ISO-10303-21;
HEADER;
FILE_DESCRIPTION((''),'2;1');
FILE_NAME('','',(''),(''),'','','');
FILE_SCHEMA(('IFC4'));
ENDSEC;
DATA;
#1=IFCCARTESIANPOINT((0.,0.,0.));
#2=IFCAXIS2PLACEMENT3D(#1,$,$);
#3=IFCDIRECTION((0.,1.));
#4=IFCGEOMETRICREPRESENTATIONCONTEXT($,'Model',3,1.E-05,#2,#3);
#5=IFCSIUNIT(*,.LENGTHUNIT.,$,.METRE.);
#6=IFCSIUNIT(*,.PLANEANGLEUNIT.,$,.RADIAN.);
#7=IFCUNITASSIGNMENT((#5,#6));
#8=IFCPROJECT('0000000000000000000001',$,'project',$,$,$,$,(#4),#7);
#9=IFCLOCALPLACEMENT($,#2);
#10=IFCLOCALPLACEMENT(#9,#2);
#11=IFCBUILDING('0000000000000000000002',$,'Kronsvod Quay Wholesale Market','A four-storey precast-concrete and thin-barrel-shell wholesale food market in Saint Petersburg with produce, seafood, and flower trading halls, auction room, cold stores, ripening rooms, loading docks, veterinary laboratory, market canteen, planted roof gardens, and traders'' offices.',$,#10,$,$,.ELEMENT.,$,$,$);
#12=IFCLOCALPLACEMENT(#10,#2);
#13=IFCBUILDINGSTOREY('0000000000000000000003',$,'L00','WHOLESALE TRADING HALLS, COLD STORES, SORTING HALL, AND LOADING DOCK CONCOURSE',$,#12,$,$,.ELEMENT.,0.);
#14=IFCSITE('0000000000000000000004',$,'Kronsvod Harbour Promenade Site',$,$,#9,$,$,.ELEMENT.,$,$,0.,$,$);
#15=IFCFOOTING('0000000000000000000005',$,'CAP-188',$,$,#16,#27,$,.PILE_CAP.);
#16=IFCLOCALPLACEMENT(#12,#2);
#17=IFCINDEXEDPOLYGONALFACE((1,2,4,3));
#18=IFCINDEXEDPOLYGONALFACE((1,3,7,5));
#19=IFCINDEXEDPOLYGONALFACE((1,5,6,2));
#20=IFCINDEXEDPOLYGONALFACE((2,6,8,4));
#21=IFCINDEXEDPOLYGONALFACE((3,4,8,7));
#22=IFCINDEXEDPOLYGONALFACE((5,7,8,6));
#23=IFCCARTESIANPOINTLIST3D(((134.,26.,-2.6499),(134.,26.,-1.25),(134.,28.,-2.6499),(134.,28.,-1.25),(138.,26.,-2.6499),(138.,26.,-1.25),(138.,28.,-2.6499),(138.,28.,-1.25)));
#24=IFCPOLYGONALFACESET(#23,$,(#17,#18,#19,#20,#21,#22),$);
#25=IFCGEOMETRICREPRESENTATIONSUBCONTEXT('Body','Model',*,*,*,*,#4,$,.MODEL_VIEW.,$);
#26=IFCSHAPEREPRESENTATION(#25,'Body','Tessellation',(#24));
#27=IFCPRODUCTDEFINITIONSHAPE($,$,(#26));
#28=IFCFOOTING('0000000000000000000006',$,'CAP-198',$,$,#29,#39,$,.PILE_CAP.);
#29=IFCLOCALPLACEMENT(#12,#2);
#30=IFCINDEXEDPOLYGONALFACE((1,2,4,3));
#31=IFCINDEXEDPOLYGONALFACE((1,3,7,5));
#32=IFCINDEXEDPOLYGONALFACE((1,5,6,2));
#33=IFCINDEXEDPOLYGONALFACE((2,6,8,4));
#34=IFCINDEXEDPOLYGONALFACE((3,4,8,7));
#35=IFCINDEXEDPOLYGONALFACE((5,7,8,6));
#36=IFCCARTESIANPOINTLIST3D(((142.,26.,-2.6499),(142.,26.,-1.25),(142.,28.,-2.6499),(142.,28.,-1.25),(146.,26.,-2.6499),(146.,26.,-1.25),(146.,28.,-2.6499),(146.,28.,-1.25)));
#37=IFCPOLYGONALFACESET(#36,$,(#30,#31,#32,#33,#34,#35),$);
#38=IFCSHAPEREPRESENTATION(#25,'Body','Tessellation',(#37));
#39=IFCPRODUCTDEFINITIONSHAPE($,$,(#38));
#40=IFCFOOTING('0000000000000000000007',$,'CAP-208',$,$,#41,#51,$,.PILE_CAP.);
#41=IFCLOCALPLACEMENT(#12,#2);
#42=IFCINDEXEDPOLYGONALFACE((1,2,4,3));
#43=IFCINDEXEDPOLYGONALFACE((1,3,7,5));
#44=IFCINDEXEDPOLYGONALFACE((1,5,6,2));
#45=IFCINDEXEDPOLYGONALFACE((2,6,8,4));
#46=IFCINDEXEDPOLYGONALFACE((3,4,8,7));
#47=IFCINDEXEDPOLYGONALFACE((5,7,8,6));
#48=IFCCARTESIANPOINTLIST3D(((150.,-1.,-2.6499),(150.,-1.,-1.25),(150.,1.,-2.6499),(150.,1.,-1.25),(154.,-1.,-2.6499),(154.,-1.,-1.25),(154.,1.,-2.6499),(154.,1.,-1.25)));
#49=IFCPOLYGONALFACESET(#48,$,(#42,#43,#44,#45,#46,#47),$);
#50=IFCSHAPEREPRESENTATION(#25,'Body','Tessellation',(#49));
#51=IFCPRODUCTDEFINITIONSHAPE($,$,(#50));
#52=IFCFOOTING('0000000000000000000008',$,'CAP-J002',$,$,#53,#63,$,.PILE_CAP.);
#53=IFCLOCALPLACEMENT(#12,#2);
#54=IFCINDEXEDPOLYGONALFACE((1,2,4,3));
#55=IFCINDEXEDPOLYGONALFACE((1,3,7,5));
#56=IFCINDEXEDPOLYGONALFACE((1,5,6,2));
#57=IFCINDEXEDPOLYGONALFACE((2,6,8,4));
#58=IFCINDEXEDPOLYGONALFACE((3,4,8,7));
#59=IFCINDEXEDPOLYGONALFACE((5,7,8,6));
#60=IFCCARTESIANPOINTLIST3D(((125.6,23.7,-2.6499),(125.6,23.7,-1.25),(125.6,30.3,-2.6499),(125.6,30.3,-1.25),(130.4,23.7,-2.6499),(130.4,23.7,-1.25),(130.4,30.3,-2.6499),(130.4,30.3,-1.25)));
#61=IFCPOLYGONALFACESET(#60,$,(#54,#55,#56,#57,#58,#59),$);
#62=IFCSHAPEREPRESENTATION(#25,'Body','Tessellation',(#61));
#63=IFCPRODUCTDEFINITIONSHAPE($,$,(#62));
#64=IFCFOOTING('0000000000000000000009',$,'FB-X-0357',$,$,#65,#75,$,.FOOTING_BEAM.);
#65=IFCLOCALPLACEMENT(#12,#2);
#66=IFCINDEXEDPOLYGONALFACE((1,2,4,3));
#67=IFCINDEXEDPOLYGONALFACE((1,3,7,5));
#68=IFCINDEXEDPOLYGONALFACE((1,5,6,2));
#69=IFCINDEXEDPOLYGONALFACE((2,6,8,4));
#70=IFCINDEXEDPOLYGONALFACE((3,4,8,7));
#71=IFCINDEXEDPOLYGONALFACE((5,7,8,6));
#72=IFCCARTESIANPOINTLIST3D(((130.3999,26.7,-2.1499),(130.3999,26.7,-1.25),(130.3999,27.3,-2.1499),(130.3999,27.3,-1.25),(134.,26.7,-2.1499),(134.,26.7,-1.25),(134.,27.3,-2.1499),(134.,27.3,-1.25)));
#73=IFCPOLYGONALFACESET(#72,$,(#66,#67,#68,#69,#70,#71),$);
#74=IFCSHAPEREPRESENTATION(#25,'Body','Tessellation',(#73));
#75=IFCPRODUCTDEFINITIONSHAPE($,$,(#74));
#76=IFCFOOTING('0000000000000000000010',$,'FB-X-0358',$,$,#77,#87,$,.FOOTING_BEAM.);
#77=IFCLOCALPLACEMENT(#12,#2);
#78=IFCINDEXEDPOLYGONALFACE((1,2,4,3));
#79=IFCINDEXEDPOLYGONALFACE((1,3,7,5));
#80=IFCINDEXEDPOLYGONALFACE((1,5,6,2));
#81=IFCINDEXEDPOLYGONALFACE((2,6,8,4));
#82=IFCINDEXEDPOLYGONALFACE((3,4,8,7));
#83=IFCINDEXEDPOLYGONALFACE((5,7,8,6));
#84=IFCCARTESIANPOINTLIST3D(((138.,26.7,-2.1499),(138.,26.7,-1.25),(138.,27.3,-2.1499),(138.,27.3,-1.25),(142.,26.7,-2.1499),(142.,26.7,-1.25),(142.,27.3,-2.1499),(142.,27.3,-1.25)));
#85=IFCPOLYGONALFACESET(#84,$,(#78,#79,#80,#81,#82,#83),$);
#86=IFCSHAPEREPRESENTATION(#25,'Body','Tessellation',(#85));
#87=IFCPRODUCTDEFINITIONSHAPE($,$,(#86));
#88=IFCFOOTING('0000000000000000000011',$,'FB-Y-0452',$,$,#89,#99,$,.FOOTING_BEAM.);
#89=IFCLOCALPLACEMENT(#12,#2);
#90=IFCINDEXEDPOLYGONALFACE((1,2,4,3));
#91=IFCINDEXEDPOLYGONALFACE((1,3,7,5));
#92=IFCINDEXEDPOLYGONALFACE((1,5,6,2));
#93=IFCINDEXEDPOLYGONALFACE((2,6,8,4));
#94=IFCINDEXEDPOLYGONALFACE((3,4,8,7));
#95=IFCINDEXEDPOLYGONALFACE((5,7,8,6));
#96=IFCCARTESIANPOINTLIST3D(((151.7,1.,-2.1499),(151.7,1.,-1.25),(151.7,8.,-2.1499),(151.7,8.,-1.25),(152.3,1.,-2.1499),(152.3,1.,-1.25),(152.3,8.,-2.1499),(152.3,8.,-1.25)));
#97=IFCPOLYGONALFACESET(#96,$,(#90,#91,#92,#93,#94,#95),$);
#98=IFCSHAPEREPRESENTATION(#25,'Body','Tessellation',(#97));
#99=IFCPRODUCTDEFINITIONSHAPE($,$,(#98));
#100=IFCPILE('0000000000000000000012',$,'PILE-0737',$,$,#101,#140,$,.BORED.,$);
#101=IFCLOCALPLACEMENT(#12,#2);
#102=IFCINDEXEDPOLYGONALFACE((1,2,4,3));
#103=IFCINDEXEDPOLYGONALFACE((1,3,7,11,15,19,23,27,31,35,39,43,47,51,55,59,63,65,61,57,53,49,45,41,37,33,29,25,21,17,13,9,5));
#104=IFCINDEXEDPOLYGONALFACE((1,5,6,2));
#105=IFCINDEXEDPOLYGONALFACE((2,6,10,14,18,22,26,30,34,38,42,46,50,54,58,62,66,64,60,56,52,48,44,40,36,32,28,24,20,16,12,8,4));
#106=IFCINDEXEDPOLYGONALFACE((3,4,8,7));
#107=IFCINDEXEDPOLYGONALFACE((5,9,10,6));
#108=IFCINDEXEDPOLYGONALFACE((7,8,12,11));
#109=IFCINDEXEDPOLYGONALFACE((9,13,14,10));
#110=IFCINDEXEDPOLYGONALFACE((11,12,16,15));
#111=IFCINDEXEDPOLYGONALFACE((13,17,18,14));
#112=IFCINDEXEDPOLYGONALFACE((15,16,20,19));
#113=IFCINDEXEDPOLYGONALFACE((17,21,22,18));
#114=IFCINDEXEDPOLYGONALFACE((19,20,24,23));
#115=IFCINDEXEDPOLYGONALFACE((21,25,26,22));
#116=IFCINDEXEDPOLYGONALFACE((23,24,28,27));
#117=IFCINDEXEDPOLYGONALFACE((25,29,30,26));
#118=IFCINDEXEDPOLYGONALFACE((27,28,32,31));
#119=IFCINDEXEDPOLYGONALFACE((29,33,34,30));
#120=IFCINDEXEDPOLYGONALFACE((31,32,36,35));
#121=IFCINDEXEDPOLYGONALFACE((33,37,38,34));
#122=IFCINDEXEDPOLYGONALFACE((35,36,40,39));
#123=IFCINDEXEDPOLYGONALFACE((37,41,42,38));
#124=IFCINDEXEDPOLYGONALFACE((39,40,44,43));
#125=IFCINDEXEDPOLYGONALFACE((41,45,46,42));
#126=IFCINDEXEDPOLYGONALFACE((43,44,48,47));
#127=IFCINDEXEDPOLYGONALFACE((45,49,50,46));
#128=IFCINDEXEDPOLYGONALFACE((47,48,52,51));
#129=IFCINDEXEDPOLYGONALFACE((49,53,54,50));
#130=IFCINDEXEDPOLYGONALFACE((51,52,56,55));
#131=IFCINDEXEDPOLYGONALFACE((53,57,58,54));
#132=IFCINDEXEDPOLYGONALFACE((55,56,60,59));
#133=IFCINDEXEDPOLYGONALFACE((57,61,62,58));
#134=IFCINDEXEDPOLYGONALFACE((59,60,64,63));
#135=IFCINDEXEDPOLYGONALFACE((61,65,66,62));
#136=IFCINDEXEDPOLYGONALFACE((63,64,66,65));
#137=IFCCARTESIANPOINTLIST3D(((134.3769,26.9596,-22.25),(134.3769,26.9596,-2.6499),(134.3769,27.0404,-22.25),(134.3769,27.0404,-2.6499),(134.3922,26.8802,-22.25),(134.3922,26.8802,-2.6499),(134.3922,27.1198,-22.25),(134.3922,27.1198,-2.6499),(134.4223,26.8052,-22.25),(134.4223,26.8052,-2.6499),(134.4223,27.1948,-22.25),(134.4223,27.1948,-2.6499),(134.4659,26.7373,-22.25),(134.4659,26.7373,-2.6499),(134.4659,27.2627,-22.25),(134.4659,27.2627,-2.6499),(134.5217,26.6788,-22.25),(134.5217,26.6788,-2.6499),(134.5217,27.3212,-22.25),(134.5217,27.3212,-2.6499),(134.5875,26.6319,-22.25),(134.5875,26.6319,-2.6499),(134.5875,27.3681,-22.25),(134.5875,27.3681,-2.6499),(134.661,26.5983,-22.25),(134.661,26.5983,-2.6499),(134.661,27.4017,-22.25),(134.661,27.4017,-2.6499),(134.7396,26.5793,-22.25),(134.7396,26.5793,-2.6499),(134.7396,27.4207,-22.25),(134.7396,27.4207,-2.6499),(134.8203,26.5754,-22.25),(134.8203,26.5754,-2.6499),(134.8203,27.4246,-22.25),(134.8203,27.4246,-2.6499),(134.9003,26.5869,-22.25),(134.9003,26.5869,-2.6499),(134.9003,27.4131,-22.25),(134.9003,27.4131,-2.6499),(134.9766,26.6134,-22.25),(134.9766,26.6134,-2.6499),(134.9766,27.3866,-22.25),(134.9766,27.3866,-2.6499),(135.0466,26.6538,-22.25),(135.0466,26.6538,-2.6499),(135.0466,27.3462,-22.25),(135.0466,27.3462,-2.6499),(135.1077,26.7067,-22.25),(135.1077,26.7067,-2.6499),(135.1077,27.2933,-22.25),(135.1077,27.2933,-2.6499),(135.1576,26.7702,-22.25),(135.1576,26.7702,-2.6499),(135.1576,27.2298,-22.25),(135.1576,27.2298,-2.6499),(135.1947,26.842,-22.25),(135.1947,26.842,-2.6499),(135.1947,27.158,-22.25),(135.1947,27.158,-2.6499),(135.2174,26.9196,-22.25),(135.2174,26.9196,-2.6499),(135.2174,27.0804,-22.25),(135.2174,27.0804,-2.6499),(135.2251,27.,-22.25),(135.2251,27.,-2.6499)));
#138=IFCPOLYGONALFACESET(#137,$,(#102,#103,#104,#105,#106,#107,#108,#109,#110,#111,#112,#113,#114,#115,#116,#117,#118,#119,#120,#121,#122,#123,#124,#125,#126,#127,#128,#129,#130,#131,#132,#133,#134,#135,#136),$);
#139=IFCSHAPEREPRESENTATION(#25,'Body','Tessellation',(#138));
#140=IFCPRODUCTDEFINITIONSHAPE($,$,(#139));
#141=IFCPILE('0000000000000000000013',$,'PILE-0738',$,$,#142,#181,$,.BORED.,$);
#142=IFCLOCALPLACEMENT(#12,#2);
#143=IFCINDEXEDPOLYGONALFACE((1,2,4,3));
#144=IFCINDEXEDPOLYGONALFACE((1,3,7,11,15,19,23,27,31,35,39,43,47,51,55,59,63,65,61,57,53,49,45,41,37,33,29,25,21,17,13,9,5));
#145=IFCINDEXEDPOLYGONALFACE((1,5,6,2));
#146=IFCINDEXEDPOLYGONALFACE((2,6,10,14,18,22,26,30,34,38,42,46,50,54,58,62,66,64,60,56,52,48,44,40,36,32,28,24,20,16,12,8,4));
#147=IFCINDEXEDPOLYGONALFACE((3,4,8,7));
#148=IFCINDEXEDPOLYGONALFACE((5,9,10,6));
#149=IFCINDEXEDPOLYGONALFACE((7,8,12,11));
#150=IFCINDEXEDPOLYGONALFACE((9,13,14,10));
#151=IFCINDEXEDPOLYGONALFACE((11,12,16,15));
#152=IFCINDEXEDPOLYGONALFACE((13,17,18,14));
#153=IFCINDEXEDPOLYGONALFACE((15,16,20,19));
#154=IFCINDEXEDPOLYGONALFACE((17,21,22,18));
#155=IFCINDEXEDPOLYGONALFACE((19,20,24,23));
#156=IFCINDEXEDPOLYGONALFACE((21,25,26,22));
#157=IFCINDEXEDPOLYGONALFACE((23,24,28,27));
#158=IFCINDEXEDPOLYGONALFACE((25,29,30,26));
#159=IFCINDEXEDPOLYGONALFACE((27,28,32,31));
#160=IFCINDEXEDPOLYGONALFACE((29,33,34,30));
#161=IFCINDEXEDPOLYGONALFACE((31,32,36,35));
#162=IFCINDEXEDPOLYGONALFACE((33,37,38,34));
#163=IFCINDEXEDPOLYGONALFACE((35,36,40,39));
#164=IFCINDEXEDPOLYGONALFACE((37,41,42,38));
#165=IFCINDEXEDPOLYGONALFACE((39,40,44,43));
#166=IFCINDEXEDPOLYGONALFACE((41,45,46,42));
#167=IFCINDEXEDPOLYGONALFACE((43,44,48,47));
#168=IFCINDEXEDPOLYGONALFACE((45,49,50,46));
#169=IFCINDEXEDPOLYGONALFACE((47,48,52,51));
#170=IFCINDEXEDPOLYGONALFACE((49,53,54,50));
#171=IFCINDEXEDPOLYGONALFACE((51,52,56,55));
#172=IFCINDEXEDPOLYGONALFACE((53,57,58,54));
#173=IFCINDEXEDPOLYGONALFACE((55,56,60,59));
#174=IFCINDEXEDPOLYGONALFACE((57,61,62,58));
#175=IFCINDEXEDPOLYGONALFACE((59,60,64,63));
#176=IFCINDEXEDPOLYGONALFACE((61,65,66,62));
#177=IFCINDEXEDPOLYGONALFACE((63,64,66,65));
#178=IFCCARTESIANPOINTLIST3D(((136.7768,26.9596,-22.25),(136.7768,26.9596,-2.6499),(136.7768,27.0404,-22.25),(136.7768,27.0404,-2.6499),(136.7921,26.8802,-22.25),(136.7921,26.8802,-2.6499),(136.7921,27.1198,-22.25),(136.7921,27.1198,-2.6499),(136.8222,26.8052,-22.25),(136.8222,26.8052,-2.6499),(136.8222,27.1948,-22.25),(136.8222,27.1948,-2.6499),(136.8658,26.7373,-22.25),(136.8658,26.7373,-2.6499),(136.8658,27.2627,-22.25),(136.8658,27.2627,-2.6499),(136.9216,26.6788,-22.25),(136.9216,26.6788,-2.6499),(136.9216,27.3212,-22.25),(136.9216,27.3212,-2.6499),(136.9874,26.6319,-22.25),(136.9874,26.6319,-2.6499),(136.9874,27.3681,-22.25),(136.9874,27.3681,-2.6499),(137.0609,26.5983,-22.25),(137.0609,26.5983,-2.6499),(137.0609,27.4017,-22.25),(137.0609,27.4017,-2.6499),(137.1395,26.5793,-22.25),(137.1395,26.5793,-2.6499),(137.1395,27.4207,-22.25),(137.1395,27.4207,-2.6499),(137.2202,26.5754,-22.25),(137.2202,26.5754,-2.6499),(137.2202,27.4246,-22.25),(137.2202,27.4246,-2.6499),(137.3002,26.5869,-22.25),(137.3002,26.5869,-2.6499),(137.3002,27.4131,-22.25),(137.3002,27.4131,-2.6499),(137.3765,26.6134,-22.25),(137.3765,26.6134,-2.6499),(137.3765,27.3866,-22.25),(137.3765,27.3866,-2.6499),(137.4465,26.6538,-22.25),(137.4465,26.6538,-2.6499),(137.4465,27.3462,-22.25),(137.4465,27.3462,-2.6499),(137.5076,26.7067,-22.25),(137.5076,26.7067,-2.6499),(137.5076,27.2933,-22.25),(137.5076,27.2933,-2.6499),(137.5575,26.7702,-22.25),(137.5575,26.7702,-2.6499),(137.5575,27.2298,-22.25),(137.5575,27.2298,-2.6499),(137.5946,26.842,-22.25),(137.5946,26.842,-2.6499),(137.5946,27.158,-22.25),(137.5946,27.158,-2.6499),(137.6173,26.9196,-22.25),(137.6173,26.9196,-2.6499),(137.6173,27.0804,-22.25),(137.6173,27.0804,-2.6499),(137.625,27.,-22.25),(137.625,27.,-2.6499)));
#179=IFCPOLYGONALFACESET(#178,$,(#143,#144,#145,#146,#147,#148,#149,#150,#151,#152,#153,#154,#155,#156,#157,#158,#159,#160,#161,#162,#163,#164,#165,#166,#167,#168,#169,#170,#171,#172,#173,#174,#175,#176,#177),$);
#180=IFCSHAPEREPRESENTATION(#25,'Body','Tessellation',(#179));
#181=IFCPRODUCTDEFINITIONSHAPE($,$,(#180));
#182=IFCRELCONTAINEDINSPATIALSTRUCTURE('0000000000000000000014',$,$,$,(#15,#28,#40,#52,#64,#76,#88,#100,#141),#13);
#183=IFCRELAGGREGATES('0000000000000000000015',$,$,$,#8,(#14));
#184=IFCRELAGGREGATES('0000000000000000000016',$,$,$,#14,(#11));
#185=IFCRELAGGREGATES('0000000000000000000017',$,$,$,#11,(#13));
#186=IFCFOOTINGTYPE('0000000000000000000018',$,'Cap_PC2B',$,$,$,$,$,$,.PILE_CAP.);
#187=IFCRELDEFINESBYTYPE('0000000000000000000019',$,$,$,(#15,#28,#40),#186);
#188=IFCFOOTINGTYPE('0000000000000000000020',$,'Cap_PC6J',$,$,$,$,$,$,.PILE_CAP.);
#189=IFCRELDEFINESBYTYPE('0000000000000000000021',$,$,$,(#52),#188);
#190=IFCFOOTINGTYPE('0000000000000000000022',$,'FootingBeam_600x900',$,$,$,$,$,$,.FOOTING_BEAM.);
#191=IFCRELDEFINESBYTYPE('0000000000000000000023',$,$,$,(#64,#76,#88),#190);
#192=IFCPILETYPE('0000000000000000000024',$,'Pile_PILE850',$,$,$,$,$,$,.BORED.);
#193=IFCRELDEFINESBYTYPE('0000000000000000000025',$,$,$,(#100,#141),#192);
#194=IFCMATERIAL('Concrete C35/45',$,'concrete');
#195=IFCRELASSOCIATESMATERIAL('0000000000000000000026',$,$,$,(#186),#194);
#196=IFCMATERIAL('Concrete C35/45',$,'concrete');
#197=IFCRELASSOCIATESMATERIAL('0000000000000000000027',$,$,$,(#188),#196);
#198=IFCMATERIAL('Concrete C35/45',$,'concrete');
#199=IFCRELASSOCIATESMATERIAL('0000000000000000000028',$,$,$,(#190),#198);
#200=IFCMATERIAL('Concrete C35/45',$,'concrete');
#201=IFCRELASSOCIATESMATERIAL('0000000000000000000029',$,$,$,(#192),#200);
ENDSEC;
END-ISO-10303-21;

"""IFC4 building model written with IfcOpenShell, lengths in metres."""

from ifc_helpers import new_model, si_unit, direction, frame, origin, origin_2d, place, context, subcontext, project, spatial, rectangle, circle, extrude, material, material_profile, profile_set, type_object, element, save


model = new_model("IFC4")

# Units and contexts
model_context = context("Model", 3, precision=1e-05, world=origin(), true_north=direction((0.0, 1.0)))
body_context = subcontext(model_context, "Body", "Model", "MODEL_VIEW")
ifc_project = project(units=[si_unit("LENGTHUNIT", "METRE"), si_unit("PLANEANGLEUNIT", "RADIAN")], contexts=[model_context])

# Site, building, storey
site_placement = place(None, origin())
site = spatial("IfcSite", under=ifc_project, at=site_placement, Name="Kronsvod Harbour Promenade Site", CompositionType="ELEMENT", RefElevation=0.0)
building_placement = place(site_placement, origin())
building = spatial("IfcBuilding", under=site, at=building_placement, Name="Kronsvod Quay Wholesale Market", Description="A four-storey precast-concrete and thin-barrel-shell wholesale food market in Saint Petersburg with produce, seafood, and flower trading halls, auction room, cold stores, ripening rooms, loading docks, veterinary laboratory, market canteen, planted roof gardens, and traders' offices.", CompositionType="ELEMENT")
storey_placement = place(building_placement, origin())
storey = spatial("IfcBuildingStorey", under=building, at=storey_placement, Name="L00", Description="WHOLESALE TRADING HALLS, COLD STORES, SORTING HALL, AND LOADING DOCK CONCOURSE", CompositionType="ELEMENT", Elevation=0.0)

# Footings
ifc_material_1 = material(Name="Concrete C35/45", Category="concrete")
footing_type_1 = type_object("IfcFootingType", Name="Cap_PC2B", PredefinedType="PILE_CAP", material=ifc_material_1)
for number, where, z_axis, x_axis, name in (
    (1, (136.0, 27.0, -2.6499), (0.0, 0.0, 1.0), (1.0, 0.0, 0.0), "CAP-188"),
    (2, (144.0, 27.0, -2.6499), (0.0, 0.0, 1.0), (1.0, 0.0, 0.0), "CAP-198"),
    (3, (152.0, 0.0, -2.6499), (0.0, 0.0, 1.0), (1.0, 0.0, 0.0), "CAP-208"),
):
    element("IfcFooting", number, at=place(storey_placement, frame(where, z_axis=z_axis, x_axis=x_axis)), inside=storey, type_object=footing_type_1, Name=name, PredefinedType="PILE_CAP", context=body_context, shape_type="SweptSolid", body=[
        extrude(rectangle(XDim=4.0, YDim=2.0, at=origin_2d()), origin(), (0.0, 0.0, 1.0), 1.3999),
    ])
ifc_material_2 = material(Name="Concrete C35/45", Category="concrete")
footing_type_2 = type_object("IfcFootingType", Name="Cap_PC6J", PredefinedType="PILE_CAP", material=ifc_material_2)
footing_1_placement = place(storey_placement, frame((128.0, 27.0, -2.6499), z_axis=(0.0, 0.0, 1.0), x_axis=(1.0, 0.0, 0.0)))
element("IfcFooting", 4, at=footing_1_placement, inside=storey, type_object=footing_type_2, Name="CAP-J002", PredefinedType="PILE_CAP", context=body_context, shape_type="SweptSolid", body=[
    extrude(rectangle(XDim=4.8, YDim=6.6001, at=origin_2d()), origin(), (0.0, 0.0, 1.0), 1.3999),
])
ifc_material_3 = material(Name="Concrete C35/45", Category="concrete")
ifc_material_profile_1 = material_profile(ifc_material_3, rectangle(XDim=0.6001, YDim=0.8999, at=origin_2d()), Name="FB-02")
ifc_profile_set_1 = profile_set([ifc_material_profile_1], Name="Concrete C35/45")
footing_type_3 = type_object("IfcFootingType", Name="FootingBeam_600x900", PredefinedType="FOOTING_BEAM", material=ifc_profile_set_1)
footing_2_placement = place(storey_placement, frame((130.3999, 27.0, -1.7), z_axis=(1.0, 0.0, 0.0), x_axis=(0.0, 1.0, 0.0)))
element("IfcFooting", 5, at=footing_2_placement, inside=storey, type_object=footing_type_3, Name="FB-X-0357", PredefinedType="FOOTING_BEAM", context=body_context, shape_type="SweptSolid", body=[
    extrude(rectangle(XDim=0.6001, YDim=0.8999, at=origin_2d()), origin(), (0.0, 0.0, 1.0), 3.6001),
])
footing_3_placement = place(storey_placement, frame((138.0, 27.0, -1.7), z_axis=(1.0, 0.0, 0.0), x_axis=(0.0, 1.0, 0.0)))
element("IfcFooting", 6, at=footing_3_placement, inside=storey, type_object=footing_type_3, Name="FB-X-0358", PredefinedType="FOOTING_BEAM", context=body_context, shape_type="SweptSolid", body=[
    extrude(rectangle(XDim=0.6001, YDim=0.8999, at=origin_2d()), origin(), (0.0, 0.0, 1.0), 4.0),
])
footing_4_placement = place(storey_placement, frame((152.0, 1.0, -1.7), z_axis=(0.0, 1.0, 0.0), x_axis=(-1.0, 0.0, 0.0)))
element("IfcFooting", 7, at=footing_4_placement, inside=storey, type_object=footing_type_3, Name="FB-Y-0452", PredefinedType="FOOTING_BEAM", context=body_context, shape_type="SweptSolid", body=[
    extrude(rectangle(XDim=0.6001, YDim=0.8999, at=origin_2d()), origin(), (0.0, 0.0, 1.0), 7.0),
])

# Piles
ifc_material_4 = material(Name="Concrete C35/45", Category="concrete")
ifc_material_profile_2 = material_profile(ifc_material_4, circle(Radius=0.425, at=origin_2d()), Name="PILE850")
ifc_profile_set_2 = profile_set([ifc_material_profile_2], Name="Concrete C35/45")
pile_type_1 = type_object("IfcPileType", Name="Pile_PILE850", PredefinedType="BORED", material=ifc_profile_set_2)
for number, where, z_axis, x_axis, name in (
    (8, (134.8, 27.0, -2.6499), (0.0, 0.0, -1.0), (1.0, 0.0, 0.0), "PILE-0737"),
    (9, (137.2, 27.0, -2.6499), (0.0, 0.0, -1.0), (1.0, 0.0, 0.0), "PILE-0738"),
):
    element("IfcPile", number, at=place(storey_placement, frame(where, z_axis=z_axis, x_axis=x_axis)), inside=storey, type_object=pile_type_1, Name=name, PredefinedType="BORED", context=body_context, shape_type="SweptSolid", body=[
        extrude(circle(Radius=0.425, at=origin_2d()), origin(), (0.0, 0.0, 1.0), 19.6001),
    ])

save(model, "model.ifc")
